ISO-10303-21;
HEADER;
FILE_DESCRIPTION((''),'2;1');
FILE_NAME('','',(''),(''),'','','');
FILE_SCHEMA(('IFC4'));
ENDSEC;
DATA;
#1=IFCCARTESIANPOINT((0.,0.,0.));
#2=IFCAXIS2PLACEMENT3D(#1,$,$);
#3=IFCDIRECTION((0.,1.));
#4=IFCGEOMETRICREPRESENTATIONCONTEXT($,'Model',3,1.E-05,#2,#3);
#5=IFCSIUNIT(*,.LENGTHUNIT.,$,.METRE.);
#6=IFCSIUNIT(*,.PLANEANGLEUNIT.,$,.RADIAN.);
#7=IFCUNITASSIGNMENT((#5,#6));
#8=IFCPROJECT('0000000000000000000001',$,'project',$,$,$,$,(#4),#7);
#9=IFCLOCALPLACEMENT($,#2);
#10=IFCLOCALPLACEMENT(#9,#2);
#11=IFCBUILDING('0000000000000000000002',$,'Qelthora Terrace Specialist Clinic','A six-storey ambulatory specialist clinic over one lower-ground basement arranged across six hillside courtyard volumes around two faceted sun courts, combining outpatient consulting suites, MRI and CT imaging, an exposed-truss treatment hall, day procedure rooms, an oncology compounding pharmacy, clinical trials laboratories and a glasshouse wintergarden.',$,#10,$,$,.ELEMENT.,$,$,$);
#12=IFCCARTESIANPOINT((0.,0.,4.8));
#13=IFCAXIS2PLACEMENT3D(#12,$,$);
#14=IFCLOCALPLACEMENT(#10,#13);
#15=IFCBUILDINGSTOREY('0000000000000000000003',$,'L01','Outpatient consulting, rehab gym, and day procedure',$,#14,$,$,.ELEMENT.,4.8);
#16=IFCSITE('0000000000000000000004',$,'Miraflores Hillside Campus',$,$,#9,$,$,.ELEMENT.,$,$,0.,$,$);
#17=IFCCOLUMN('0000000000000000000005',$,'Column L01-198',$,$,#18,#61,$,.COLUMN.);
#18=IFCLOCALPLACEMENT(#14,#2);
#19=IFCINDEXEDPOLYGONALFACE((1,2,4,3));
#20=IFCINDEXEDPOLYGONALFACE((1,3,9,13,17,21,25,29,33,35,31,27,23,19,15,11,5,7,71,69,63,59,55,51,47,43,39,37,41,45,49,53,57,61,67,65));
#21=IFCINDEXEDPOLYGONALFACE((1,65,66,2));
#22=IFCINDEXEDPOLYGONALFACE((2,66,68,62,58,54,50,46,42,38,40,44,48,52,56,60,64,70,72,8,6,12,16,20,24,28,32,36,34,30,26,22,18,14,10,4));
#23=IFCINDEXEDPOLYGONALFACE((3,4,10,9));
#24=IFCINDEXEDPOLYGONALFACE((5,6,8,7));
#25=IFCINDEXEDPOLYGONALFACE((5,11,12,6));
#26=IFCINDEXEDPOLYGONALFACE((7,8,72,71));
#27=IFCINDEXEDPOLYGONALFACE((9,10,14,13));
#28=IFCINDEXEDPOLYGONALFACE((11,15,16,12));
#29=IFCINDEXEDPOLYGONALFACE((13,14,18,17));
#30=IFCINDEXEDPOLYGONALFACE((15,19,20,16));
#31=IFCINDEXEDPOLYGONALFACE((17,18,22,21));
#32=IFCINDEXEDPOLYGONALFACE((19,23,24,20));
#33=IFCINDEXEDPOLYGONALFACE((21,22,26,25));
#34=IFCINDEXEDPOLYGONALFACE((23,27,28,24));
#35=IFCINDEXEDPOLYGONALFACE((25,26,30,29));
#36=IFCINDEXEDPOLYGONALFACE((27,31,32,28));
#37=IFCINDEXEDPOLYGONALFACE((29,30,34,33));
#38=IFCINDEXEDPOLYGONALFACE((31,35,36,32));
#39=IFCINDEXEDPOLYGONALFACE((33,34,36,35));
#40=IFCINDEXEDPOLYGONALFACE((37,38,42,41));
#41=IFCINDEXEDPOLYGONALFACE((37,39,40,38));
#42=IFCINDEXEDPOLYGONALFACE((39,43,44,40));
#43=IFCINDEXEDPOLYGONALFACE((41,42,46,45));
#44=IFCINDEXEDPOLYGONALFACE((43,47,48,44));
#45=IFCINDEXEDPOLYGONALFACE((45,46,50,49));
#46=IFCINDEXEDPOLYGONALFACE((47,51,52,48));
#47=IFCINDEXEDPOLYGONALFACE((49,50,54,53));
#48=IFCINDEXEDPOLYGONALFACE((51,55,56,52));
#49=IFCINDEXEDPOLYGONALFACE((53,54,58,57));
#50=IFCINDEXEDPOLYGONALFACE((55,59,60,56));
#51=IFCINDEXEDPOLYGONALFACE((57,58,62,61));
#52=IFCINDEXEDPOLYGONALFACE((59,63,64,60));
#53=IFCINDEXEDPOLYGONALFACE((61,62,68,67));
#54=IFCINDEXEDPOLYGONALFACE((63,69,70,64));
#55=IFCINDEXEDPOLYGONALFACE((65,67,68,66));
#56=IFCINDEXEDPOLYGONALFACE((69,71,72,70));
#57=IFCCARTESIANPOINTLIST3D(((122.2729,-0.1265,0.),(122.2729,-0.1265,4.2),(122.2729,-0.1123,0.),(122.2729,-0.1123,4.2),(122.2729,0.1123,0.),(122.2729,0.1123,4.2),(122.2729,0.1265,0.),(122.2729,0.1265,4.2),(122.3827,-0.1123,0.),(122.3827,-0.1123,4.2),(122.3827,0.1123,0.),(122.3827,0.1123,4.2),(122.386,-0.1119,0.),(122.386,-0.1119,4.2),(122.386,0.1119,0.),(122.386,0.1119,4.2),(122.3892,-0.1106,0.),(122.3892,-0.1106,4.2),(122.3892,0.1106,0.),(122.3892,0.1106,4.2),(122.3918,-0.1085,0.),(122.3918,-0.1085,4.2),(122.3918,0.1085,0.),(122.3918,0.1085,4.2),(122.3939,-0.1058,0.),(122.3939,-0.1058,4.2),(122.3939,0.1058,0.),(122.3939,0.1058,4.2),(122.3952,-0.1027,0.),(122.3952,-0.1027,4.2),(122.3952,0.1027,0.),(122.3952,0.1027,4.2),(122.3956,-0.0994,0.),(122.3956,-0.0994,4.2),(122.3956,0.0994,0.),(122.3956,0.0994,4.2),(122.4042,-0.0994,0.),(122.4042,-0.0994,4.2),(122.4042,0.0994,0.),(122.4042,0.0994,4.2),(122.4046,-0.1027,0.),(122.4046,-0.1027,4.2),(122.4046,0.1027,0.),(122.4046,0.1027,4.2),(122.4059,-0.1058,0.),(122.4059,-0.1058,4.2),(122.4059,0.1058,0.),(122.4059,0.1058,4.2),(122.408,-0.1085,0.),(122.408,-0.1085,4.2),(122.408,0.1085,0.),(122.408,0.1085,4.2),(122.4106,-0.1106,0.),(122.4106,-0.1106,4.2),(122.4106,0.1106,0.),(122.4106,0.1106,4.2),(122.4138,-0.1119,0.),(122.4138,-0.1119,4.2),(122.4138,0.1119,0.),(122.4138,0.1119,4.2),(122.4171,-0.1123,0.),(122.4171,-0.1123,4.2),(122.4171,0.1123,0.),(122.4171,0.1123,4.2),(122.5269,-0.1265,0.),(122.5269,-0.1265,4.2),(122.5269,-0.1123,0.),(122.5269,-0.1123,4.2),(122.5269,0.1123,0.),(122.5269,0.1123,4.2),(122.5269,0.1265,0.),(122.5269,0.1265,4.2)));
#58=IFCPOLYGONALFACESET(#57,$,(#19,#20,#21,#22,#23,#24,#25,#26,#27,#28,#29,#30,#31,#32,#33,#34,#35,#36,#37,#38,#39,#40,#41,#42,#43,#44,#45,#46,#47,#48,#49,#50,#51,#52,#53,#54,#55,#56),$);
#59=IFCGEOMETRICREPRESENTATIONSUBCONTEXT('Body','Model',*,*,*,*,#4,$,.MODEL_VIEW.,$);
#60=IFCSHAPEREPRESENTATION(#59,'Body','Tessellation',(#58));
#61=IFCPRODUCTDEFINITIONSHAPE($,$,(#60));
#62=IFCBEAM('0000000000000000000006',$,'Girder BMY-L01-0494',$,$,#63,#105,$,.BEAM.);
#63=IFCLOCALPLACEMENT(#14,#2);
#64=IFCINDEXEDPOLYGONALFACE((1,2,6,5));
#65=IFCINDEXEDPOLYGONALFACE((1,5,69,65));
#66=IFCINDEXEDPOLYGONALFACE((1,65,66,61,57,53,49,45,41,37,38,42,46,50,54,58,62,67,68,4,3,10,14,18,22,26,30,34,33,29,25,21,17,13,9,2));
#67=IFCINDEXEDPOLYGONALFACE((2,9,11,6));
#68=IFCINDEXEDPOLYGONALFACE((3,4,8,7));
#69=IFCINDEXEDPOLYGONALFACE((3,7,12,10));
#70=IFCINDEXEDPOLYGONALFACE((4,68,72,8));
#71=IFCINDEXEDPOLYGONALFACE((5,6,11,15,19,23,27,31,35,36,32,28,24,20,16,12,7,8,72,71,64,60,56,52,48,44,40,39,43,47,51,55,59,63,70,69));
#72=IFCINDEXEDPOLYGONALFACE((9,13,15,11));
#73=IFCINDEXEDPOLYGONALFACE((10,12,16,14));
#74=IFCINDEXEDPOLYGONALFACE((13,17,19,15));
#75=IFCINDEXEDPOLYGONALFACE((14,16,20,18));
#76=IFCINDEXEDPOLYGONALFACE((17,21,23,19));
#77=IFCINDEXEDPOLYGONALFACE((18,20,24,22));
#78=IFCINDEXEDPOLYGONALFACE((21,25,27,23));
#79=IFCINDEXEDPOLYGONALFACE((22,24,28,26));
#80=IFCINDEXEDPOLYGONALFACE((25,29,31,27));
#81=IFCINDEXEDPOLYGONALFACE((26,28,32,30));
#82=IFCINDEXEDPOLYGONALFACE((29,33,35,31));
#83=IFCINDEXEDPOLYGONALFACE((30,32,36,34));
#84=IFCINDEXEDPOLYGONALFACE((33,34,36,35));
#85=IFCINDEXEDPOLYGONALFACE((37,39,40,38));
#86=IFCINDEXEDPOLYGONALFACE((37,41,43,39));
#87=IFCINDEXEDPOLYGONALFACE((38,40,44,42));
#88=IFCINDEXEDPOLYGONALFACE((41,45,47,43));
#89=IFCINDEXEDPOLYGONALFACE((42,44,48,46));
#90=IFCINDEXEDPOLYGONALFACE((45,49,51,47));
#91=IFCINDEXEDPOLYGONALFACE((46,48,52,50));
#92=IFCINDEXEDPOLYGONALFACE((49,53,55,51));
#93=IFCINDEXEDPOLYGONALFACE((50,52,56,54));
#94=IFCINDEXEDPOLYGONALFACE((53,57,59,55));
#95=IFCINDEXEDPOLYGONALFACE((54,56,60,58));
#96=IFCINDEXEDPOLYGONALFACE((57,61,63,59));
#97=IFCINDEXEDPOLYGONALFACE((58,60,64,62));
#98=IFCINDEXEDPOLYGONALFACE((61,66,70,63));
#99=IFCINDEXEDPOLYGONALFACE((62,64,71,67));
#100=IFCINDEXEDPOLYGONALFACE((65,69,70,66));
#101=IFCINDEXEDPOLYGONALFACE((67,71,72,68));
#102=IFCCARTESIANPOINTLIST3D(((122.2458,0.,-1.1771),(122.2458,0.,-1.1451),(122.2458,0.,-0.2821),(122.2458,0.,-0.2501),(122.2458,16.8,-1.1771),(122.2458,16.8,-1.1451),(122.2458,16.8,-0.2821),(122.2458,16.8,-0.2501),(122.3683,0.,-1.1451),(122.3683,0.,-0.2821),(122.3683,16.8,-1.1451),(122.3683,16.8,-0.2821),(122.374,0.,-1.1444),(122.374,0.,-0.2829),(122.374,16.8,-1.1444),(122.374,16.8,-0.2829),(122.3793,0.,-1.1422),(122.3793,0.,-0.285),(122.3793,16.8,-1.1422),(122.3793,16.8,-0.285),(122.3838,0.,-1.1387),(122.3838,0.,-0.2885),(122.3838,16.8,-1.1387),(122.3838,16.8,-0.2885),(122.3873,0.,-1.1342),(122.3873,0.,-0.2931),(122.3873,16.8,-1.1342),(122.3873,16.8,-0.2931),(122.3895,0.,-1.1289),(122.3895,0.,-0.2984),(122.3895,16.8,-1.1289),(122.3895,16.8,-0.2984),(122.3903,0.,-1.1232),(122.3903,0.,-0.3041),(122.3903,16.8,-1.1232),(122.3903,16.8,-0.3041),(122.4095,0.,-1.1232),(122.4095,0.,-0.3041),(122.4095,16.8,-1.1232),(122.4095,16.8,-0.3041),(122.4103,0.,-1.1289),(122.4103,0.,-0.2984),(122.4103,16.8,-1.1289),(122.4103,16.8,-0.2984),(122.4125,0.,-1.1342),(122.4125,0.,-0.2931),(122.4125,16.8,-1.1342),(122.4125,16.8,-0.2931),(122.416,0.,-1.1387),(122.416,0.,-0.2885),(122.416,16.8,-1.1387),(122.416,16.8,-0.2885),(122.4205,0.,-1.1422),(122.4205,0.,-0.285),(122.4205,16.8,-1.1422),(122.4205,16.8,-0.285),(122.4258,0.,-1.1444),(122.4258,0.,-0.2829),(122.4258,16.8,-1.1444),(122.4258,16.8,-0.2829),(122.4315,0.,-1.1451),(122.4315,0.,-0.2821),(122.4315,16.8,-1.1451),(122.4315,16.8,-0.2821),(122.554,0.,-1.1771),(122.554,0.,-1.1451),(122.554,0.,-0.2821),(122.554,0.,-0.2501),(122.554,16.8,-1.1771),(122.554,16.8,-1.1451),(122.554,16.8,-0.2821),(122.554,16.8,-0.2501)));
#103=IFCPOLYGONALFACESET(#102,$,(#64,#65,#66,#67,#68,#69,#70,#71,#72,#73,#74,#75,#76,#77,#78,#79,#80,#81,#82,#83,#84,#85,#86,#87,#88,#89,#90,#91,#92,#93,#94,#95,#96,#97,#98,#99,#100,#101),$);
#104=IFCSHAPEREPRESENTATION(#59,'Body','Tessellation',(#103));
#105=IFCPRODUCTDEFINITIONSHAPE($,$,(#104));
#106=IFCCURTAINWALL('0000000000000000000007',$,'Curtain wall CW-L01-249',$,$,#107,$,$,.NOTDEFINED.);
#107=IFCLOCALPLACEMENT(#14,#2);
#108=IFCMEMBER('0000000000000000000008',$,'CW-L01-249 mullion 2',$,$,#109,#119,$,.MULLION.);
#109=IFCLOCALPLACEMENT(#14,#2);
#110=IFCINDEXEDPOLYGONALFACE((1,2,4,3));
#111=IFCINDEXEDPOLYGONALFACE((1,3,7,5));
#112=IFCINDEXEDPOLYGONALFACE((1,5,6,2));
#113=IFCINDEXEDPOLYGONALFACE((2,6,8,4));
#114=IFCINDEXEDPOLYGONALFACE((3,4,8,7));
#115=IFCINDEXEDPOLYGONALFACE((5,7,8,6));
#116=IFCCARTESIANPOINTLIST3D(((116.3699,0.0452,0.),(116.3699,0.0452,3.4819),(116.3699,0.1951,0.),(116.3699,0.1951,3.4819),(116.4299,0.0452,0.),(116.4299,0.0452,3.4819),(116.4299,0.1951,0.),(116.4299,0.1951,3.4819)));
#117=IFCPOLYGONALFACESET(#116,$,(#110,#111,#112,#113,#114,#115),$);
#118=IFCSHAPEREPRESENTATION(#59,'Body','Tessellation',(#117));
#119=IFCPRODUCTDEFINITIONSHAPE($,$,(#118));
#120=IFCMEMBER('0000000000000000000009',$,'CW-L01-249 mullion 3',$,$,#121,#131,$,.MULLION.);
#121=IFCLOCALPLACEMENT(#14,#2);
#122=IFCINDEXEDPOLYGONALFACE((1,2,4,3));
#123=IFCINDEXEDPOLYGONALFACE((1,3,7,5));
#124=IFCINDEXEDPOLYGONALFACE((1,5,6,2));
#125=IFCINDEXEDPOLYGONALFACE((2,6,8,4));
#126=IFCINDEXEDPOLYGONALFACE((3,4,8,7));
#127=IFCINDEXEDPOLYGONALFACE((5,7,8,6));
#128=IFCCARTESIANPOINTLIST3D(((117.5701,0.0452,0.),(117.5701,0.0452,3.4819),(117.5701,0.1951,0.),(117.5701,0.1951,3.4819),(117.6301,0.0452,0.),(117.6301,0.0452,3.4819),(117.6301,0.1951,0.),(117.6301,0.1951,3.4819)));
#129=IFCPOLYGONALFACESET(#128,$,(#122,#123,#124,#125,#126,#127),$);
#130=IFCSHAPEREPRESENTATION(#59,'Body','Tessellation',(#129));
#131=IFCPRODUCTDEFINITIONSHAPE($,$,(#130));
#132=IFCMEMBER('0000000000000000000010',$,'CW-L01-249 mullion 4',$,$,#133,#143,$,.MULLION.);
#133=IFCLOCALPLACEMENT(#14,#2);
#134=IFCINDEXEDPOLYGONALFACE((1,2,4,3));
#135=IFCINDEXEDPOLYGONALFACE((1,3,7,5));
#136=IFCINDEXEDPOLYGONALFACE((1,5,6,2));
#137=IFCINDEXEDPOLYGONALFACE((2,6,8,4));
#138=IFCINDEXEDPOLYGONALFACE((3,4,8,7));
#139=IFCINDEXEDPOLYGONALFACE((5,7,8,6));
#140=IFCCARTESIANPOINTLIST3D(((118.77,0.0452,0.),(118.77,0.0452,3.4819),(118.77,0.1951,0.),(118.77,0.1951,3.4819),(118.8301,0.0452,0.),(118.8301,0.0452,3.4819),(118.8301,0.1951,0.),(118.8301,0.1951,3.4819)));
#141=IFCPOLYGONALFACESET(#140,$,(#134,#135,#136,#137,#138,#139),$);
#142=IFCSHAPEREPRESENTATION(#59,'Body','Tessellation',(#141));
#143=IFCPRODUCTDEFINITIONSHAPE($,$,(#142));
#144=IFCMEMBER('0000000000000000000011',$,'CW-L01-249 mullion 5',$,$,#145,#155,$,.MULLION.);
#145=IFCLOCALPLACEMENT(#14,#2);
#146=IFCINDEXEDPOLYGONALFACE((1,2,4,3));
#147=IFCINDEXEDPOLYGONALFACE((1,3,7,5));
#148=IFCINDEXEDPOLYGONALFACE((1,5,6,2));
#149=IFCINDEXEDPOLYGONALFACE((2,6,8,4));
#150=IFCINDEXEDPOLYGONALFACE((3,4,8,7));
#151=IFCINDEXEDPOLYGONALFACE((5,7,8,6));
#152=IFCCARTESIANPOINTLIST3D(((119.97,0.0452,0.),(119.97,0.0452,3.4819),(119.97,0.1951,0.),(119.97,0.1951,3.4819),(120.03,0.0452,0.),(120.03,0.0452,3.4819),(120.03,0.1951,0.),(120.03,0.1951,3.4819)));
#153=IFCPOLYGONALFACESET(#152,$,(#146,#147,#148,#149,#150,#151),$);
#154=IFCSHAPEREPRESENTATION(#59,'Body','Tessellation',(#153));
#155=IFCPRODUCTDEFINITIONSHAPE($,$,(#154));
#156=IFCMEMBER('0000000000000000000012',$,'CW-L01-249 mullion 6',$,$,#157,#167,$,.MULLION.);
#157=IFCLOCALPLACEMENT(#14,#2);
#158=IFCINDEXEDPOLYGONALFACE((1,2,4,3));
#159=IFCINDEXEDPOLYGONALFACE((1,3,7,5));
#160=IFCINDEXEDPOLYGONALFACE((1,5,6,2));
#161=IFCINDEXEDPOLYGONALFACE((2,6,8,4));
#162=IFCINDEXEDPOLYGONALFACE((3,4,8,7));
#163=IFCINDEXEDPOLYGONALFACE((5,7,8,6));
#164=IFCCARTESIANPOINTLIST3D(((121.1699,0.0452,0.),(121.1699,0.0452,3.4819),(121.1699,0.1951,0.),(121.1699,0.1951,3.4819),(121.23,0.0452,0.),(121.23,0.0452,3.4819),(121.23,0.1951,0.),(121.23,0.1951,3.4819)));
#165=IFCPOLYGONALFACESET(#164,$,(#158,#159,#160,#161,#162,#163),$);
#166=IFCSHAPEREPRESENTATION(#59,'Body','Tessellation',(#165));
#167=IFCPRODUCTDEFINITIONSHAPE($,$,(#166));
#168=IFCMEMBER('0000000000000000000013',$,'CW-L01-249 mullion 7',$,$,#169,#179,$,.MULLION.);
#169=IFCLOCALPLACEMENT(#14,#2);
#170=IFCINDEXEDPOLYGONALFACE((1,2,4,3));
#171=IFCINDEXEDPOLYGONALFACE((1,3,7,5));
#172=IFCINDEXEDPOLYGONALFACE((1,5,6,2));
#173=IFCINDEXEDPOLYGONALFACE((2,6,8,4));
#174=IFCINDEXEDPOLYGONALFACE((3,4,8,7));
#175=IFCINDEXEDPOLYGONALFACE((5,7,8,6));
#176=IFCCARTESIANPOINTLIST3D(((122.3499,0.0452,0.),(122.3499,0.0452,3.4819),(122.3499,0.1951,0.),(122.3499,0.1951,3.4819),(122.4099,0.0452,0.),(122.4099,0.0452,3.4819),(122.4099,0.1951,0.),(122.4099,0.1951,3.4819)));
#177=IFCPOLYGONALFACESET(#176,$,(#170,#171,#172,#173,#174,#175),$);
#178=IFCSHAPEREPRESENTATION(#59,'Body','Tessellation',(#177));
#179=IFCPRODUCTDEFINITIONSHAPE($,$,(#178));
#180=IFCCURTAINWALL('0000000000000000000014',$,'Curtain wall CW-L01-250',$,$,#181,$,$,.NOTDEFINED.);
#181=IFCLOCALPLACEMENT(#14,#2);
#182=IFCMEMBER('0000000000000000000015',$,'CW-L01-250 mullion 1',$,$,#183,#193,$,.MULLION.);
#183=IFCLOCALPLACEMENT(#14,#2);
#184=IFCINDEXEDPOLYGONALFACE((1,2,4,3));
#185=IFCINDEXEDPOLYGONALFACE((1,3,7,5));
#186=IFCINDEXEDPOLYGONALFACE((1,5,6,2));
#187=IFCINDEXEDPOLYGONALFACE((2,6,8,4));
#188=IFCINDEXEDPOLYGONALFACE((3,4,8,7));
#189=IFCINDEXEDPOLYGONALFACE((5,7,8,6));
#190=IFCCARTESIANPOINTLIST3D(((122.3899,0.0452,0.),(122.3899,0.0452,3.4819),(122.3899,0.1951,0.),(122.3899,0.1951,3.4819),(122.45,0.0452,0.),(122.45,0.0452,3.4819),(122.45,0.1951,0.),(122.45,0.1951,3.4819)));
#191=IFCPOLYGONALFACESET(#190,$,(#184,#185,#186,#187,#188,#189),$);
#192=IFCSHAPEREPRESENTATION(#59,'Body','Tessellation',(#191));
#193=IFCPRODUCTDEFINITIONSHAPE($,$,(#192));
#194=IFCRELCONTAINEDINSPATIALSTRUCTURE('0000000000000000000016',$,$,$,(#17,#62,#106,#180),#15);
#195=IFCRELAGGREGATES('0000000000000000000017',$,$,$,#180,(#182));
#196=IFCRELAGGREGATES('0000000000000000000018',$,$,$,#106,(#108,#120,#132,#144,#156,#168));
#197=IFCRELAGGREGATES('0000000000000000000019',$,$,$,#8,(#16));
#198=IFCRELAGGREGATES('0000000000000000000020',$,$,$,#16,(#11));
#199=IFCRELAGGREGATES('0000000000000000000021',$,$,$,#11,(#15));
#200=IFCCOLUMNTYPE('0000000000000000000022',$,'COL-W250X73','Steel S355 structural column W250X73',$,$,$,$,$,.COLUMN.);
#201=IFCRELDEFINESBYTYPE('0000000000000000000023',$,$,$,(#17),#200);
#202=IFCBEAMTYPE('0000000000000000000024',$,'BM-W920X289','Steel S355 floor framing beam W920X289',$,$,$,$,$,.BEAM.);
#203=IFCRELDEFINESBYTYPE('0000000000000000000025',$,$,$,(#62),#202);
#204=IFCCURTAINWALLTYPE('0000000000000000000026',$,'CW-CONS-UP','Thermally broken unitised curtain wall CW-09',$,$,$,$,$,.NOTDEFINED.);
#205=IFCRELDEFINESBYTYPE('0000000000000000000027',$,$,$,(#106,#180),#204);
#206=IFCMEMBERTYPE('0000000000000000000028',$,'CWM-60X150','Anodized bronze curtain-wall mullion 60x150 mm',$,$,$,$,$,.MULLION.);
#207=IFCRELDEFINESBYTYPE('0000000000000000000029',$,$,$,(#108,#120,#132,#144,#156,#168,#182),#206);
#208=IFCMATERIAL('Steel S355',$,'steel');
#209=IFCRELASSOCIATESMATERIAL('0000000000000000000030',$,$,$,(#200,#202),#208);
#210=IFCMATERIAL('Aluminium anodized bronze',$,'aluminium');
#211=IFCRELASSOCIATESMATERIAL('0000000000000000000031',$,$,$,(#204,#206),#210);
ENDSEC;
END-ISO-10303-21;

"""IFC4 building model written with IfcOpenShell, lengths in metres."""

from ifc_helpers import new_model, si_unit, direction, frame, origin, origin_2d, place, context, subcontext, project, spatial, rectangle, i_section, extrude, material, material_profile, profile_set, type_object, element, aggregate, save


model = new_model("IFC4")

# Units and contexts
model_context = context("Model", 3, precision=1e-05, world=origin(), true_north=direction((0.0, 1.0)))
body_context = subcontext(model_context, "Body", "Model", "MODEL_VIEW")
ifc_project = project(units=[si_unit("LENGTHUNIT", "METRE"), si_unit("PLANEANGLEUNIT", "RADIAN")], contexts=[model_context])

# Site, building, storey
site_placement = place(None, origin())
site = spatial("IfcSite", under=ifc_project, at=site_placement, Name="Miraflores Hillside Campus", CompositionType="ELEMENT", RefElevation=0.0)
building_placement = place(site_placement, origin())
building = spatial("IfcBuilding", under=site, at=building_placement, Name="Qelthora Terrace Specialist Clinic", Description="A six-storey ambulatory specialist clinic over one lower-ground basement arranged across six hillside courtyard volumes around two faceted sun courts, combining outpatient consulting suites, MRI and CT imaging, an exposed-truss treatment hall, day procedure rooms, an oncology compounding pharmacy, clinical trials laboratories and a glasshouse wintergarden.", CompositionType="ELEMENT")
storey_placement = place(building_placement, frame((0.0, 0.0, 4.8)))
storey = spatial("IfcBuildingStorey", under=building, at=storey_placement, Name="L01", Description="Outpatient consulting, rehab gym, and day procedure", CompositionType="ELEMENT", Elevation=4.8)

# Column
ifc_material_1 = material(Name="Steel S355", Category="steel")
ifc_material_profile_1 = material_profile(ifc_material_1, i_section(OverallWidth=0.2539, OverallDepth=0.2529, WebThickness=0.0085, FlangeThickness=0.0142, FilletRadius=0.0129, at=origin_2d()), Name="W250X73")
ifc_profile_set_1 = profile_set([ifc_material_profile_1], Name="Steel S355")
column_type = type_object("IfcColumnType", Name="COL-W250X73", Description="Steel S355 structural column W250X73", PredefinedType="COLUMN", material=ifc_profile_set_1)
column_placement = place(storey_placement, frame((122.3999, 0.0, 0.0), z_axis=(0.0, 0.0, 1.0), x_axis=(1.0, 0.0, 0.0)))
element("IfcColumn", 1, at=column_placement, inside=storey, type_object=column_type, Name="Column L01-198", PredefinedType="COLUMN", context=body_context, shape_type="SweptSolid", body=[
    extrude(i_section(OverallWidth=0.2539, OverallDepth=0.2529, WebThickness=0.0085, FlangeThickness=0.0142, FilletRadius=0.0129, at=origin_2d()), origin(), (0.0, 0.0, 1.0), 4.2),
])

# Beam
ifc_material_profile_2 = material_profile(ifc_material_1, i_section(OverallWidth=0.3081, OverallDepth=0.927, WebThickness=0.0193, FlangeThickness=0.032, FilletRadius=0.022, at=origin_2d()), Name="W920X289")
ifc_profile_set_2 = profile_set([ifc_material_profile_2], Name="Steel S355")
beam_type_1 = type_object("IfcBeamType", Name="BM-W920X289", Description="Steel S355 floor framing beam W920X289", PredefinedType="BEAM", material=ifc_profile_set_2)
beam_1_placement = place(storey_placement, frame((122.3999, 0.0, -0.7136), z_axis=(0.0, 1.0, 0.0), x_axis=(-1.0, 0.0, 0.0)))
element("IfcBeam", 2, at=beam_1_placement, inside=storey, type_object=beam_type_1, Name="Girder BMY-L01-0494", PredefinedType="BEAM", context=body_context, shape_type="SweptSolid", body=[
    extrude(i_section(OverallWidth=0.3081, OverallDepth=0.927, WebThickness=0.0193, FlangeThickness=0.032, FilletRadius=0.022, at=origin_2d()), origin(), (0.0, 0.0, 1.0), 16.8),
])

# Curtain walls, members
ifc_material_2 = material(Name="Aluminium anodized bronze", Category="aluminium")
curtain_wall_type = type_object("IfcCurtainWallType", Name="CW-CONS-UP", Description="Thermally broken unitised curtain wall CW-09", PredefinedType="NOTDEFINED", material=ifc_material_2)
curtain_wall_1_placement = place(storey_placement, origin())
curtain_wall_1 = element("IfcCurtainWall", 3, at=curtain_wall_1_placement, inside=storey, type_object=curtain_wall_type, Name="Curtain wall CW-L01-249", PredefinedType="NOTDEFINED")
ifc_material_profile_3 = material_profile(ifc_material_2, rectangle(XDim=0.0601, YDim=0.1499, at=origin_2d()), Name="CWM60X150")
ifc_profile_set_3 = profile_set([ifc_material_profile_3], Name="Aluminium anodized bronze")
member_type_1 = type_object("IfcMemberType", Name="CWM-60X150", Description="Anodized bronze curtain-wall mullion 60x150 mm", PredefinedType="MULLION", material=ifc_profile_set_3)
member_1_placement = place(storey_placement, frame((116.3999, 0.1201, 0.0), z_axis=(0.0, 0.0, 1.0), x_axis=(1.0, 0.0, 0.0)))
member_1 = element("IfcMember", 4, at=member_1_placement, type_object=member_type_1, Name="CW-L01-249 mullion 2", PredefinedType="MULLION", context=body_context, shape_type="SweptSolid", body=[
    extrude(rectangle(XDim=0.0601, YDim=0.1499, at=origin_2d()), origin(), (0.0, 0.0, 1.0), 3.4819),
])
member_2_placement = place(storey_placement, frame((117.6001, 0.1201, 0.0), z_axis=(0.0, 0.0, 1.0), x_axis=(1.0, 0.0, 0.0)))
member_2 = element("IfcMember", 5, at=member_2_placement, type_object=member_type_1, Name="CW-L01-249 mullion 3", PredefinedType="MULLION", context=body_context, shape_type="SweptSolid", body=[
    extrude(rectangle(XDim=0.0601, YDim=0.1499, at=origin_2d()), origin(), (0.0, 0.0, 1.0), 3.4819),
])
member_3_placement = place(storey_placement, frame((118.8, 0.1201, 0.0), z_axis=(0.0, 0.0, 1.0), x_axis=(1.0, 0.0, 0.0)))
member_3 = element("IfcMember", 6, at=member_3_placement, type_object=member_type_1, Name="CW-L01-249 mullion 4", PredefinedType="MULLION", context=body_context, shape_type="SweptSolid", body=[
    extrude(rectangle(XDim=0.0601, YDim=0.1499, at=origin_2d()), origin(), (0.0, 0.0, 1.0), 3.4819),
])
member_4_placement = place(storey_placement, frame((120.0, 0.1201, 0.0), z_axis=(0.0, 0.0, 1.0), x_axis=(1.0, 0.0, 0.0)))
member_4 = element("IfcMember", 7, at=member_4_placement, type_object=member_type_1, Name="CW-L01-249 mullion 5", PredefinedType="MULLION", context=body_context, shape_type="SweptSolid", body=[
    extrude(rectangle(XDim=0.0601, YDim=0.1499, at=origin_2d()), origin(), (0.0, 0.0, 1.0), 3.4819),
])
member_5_placement = place(storey_placement, frame((121.2, 0.1201, 0.0), z_axis=(0.0, 0.0, 1.0), x_axis=(1.0, 0.0, 0.0)))
member_5 = element("IfcMember", 8, at=member_5_placement, type_object=member_type_1, Name="CW-L01-249 mullion 6", PredefinedType="MULLION", context=body_context, shape_type="SweptSolid", body=[
    extrude(rectangle(XDim=0.0601, YDim=0.1499, at=origin_2d()), origin(), (0.0, 0.0, 1.0), 3.4819),
])
member_6_placement = place(storey_placement, frame((122.3799, 0.1201, 0.0), z_axis=(0.0, 0.0, 1.0), x_axis=(1.0, 0.0, 0.0)))
member_6 = element("IfcMember", 9, at=member_6_placement, type_object=member_type_1, Name="CW-L01-249 mullion 7", PredefinedType="MULLION", context=body_context, shape_type="SweptSolid", body=[
    extrude(rectangle(XDim=0.0601, YDim=0.1499, at=origin_2d()), origin(), (0.0, 0.0, 1.0), 3.4819),
])
curtain_wall_2_placement = place(storey_placement, origin())
curtain_wall_2 = element("IfcCurtainWall", 10, at=curtain_wall_2_placement, inside=storey, type_object=curtain_wall_type, Name="Curtain wall CW-L01-250", PredefinedType="NOTDEFINED")
member_7_placement = place(storey_placement, frame((122.4199, 0.1201, 0.0), z_axis=(0.0, 0.0, 1.0), x_axis=(1.0, 0.0, 0.0)))
member_7 = element("IfcMember", 11, at=member_7_placement, type_object=member_type_1, Name="CW-L01-250 mullion 1", PredefinedType="MULLION", context=body_context, shape_type="SweptSolid", body=[
    extrude(rectangle(XDim=0.0601, YDim=0.1499, at=origin_2d()), origin(), (0.0, 0.0, 1.0), 3.4819),
])
aggregate(curtain_wall_2, [member_7])

aggregate(curtain_wall_1, [member_1, member_2, member_3, member_4, member_5, member_6])

save(model, "model.ifc")
